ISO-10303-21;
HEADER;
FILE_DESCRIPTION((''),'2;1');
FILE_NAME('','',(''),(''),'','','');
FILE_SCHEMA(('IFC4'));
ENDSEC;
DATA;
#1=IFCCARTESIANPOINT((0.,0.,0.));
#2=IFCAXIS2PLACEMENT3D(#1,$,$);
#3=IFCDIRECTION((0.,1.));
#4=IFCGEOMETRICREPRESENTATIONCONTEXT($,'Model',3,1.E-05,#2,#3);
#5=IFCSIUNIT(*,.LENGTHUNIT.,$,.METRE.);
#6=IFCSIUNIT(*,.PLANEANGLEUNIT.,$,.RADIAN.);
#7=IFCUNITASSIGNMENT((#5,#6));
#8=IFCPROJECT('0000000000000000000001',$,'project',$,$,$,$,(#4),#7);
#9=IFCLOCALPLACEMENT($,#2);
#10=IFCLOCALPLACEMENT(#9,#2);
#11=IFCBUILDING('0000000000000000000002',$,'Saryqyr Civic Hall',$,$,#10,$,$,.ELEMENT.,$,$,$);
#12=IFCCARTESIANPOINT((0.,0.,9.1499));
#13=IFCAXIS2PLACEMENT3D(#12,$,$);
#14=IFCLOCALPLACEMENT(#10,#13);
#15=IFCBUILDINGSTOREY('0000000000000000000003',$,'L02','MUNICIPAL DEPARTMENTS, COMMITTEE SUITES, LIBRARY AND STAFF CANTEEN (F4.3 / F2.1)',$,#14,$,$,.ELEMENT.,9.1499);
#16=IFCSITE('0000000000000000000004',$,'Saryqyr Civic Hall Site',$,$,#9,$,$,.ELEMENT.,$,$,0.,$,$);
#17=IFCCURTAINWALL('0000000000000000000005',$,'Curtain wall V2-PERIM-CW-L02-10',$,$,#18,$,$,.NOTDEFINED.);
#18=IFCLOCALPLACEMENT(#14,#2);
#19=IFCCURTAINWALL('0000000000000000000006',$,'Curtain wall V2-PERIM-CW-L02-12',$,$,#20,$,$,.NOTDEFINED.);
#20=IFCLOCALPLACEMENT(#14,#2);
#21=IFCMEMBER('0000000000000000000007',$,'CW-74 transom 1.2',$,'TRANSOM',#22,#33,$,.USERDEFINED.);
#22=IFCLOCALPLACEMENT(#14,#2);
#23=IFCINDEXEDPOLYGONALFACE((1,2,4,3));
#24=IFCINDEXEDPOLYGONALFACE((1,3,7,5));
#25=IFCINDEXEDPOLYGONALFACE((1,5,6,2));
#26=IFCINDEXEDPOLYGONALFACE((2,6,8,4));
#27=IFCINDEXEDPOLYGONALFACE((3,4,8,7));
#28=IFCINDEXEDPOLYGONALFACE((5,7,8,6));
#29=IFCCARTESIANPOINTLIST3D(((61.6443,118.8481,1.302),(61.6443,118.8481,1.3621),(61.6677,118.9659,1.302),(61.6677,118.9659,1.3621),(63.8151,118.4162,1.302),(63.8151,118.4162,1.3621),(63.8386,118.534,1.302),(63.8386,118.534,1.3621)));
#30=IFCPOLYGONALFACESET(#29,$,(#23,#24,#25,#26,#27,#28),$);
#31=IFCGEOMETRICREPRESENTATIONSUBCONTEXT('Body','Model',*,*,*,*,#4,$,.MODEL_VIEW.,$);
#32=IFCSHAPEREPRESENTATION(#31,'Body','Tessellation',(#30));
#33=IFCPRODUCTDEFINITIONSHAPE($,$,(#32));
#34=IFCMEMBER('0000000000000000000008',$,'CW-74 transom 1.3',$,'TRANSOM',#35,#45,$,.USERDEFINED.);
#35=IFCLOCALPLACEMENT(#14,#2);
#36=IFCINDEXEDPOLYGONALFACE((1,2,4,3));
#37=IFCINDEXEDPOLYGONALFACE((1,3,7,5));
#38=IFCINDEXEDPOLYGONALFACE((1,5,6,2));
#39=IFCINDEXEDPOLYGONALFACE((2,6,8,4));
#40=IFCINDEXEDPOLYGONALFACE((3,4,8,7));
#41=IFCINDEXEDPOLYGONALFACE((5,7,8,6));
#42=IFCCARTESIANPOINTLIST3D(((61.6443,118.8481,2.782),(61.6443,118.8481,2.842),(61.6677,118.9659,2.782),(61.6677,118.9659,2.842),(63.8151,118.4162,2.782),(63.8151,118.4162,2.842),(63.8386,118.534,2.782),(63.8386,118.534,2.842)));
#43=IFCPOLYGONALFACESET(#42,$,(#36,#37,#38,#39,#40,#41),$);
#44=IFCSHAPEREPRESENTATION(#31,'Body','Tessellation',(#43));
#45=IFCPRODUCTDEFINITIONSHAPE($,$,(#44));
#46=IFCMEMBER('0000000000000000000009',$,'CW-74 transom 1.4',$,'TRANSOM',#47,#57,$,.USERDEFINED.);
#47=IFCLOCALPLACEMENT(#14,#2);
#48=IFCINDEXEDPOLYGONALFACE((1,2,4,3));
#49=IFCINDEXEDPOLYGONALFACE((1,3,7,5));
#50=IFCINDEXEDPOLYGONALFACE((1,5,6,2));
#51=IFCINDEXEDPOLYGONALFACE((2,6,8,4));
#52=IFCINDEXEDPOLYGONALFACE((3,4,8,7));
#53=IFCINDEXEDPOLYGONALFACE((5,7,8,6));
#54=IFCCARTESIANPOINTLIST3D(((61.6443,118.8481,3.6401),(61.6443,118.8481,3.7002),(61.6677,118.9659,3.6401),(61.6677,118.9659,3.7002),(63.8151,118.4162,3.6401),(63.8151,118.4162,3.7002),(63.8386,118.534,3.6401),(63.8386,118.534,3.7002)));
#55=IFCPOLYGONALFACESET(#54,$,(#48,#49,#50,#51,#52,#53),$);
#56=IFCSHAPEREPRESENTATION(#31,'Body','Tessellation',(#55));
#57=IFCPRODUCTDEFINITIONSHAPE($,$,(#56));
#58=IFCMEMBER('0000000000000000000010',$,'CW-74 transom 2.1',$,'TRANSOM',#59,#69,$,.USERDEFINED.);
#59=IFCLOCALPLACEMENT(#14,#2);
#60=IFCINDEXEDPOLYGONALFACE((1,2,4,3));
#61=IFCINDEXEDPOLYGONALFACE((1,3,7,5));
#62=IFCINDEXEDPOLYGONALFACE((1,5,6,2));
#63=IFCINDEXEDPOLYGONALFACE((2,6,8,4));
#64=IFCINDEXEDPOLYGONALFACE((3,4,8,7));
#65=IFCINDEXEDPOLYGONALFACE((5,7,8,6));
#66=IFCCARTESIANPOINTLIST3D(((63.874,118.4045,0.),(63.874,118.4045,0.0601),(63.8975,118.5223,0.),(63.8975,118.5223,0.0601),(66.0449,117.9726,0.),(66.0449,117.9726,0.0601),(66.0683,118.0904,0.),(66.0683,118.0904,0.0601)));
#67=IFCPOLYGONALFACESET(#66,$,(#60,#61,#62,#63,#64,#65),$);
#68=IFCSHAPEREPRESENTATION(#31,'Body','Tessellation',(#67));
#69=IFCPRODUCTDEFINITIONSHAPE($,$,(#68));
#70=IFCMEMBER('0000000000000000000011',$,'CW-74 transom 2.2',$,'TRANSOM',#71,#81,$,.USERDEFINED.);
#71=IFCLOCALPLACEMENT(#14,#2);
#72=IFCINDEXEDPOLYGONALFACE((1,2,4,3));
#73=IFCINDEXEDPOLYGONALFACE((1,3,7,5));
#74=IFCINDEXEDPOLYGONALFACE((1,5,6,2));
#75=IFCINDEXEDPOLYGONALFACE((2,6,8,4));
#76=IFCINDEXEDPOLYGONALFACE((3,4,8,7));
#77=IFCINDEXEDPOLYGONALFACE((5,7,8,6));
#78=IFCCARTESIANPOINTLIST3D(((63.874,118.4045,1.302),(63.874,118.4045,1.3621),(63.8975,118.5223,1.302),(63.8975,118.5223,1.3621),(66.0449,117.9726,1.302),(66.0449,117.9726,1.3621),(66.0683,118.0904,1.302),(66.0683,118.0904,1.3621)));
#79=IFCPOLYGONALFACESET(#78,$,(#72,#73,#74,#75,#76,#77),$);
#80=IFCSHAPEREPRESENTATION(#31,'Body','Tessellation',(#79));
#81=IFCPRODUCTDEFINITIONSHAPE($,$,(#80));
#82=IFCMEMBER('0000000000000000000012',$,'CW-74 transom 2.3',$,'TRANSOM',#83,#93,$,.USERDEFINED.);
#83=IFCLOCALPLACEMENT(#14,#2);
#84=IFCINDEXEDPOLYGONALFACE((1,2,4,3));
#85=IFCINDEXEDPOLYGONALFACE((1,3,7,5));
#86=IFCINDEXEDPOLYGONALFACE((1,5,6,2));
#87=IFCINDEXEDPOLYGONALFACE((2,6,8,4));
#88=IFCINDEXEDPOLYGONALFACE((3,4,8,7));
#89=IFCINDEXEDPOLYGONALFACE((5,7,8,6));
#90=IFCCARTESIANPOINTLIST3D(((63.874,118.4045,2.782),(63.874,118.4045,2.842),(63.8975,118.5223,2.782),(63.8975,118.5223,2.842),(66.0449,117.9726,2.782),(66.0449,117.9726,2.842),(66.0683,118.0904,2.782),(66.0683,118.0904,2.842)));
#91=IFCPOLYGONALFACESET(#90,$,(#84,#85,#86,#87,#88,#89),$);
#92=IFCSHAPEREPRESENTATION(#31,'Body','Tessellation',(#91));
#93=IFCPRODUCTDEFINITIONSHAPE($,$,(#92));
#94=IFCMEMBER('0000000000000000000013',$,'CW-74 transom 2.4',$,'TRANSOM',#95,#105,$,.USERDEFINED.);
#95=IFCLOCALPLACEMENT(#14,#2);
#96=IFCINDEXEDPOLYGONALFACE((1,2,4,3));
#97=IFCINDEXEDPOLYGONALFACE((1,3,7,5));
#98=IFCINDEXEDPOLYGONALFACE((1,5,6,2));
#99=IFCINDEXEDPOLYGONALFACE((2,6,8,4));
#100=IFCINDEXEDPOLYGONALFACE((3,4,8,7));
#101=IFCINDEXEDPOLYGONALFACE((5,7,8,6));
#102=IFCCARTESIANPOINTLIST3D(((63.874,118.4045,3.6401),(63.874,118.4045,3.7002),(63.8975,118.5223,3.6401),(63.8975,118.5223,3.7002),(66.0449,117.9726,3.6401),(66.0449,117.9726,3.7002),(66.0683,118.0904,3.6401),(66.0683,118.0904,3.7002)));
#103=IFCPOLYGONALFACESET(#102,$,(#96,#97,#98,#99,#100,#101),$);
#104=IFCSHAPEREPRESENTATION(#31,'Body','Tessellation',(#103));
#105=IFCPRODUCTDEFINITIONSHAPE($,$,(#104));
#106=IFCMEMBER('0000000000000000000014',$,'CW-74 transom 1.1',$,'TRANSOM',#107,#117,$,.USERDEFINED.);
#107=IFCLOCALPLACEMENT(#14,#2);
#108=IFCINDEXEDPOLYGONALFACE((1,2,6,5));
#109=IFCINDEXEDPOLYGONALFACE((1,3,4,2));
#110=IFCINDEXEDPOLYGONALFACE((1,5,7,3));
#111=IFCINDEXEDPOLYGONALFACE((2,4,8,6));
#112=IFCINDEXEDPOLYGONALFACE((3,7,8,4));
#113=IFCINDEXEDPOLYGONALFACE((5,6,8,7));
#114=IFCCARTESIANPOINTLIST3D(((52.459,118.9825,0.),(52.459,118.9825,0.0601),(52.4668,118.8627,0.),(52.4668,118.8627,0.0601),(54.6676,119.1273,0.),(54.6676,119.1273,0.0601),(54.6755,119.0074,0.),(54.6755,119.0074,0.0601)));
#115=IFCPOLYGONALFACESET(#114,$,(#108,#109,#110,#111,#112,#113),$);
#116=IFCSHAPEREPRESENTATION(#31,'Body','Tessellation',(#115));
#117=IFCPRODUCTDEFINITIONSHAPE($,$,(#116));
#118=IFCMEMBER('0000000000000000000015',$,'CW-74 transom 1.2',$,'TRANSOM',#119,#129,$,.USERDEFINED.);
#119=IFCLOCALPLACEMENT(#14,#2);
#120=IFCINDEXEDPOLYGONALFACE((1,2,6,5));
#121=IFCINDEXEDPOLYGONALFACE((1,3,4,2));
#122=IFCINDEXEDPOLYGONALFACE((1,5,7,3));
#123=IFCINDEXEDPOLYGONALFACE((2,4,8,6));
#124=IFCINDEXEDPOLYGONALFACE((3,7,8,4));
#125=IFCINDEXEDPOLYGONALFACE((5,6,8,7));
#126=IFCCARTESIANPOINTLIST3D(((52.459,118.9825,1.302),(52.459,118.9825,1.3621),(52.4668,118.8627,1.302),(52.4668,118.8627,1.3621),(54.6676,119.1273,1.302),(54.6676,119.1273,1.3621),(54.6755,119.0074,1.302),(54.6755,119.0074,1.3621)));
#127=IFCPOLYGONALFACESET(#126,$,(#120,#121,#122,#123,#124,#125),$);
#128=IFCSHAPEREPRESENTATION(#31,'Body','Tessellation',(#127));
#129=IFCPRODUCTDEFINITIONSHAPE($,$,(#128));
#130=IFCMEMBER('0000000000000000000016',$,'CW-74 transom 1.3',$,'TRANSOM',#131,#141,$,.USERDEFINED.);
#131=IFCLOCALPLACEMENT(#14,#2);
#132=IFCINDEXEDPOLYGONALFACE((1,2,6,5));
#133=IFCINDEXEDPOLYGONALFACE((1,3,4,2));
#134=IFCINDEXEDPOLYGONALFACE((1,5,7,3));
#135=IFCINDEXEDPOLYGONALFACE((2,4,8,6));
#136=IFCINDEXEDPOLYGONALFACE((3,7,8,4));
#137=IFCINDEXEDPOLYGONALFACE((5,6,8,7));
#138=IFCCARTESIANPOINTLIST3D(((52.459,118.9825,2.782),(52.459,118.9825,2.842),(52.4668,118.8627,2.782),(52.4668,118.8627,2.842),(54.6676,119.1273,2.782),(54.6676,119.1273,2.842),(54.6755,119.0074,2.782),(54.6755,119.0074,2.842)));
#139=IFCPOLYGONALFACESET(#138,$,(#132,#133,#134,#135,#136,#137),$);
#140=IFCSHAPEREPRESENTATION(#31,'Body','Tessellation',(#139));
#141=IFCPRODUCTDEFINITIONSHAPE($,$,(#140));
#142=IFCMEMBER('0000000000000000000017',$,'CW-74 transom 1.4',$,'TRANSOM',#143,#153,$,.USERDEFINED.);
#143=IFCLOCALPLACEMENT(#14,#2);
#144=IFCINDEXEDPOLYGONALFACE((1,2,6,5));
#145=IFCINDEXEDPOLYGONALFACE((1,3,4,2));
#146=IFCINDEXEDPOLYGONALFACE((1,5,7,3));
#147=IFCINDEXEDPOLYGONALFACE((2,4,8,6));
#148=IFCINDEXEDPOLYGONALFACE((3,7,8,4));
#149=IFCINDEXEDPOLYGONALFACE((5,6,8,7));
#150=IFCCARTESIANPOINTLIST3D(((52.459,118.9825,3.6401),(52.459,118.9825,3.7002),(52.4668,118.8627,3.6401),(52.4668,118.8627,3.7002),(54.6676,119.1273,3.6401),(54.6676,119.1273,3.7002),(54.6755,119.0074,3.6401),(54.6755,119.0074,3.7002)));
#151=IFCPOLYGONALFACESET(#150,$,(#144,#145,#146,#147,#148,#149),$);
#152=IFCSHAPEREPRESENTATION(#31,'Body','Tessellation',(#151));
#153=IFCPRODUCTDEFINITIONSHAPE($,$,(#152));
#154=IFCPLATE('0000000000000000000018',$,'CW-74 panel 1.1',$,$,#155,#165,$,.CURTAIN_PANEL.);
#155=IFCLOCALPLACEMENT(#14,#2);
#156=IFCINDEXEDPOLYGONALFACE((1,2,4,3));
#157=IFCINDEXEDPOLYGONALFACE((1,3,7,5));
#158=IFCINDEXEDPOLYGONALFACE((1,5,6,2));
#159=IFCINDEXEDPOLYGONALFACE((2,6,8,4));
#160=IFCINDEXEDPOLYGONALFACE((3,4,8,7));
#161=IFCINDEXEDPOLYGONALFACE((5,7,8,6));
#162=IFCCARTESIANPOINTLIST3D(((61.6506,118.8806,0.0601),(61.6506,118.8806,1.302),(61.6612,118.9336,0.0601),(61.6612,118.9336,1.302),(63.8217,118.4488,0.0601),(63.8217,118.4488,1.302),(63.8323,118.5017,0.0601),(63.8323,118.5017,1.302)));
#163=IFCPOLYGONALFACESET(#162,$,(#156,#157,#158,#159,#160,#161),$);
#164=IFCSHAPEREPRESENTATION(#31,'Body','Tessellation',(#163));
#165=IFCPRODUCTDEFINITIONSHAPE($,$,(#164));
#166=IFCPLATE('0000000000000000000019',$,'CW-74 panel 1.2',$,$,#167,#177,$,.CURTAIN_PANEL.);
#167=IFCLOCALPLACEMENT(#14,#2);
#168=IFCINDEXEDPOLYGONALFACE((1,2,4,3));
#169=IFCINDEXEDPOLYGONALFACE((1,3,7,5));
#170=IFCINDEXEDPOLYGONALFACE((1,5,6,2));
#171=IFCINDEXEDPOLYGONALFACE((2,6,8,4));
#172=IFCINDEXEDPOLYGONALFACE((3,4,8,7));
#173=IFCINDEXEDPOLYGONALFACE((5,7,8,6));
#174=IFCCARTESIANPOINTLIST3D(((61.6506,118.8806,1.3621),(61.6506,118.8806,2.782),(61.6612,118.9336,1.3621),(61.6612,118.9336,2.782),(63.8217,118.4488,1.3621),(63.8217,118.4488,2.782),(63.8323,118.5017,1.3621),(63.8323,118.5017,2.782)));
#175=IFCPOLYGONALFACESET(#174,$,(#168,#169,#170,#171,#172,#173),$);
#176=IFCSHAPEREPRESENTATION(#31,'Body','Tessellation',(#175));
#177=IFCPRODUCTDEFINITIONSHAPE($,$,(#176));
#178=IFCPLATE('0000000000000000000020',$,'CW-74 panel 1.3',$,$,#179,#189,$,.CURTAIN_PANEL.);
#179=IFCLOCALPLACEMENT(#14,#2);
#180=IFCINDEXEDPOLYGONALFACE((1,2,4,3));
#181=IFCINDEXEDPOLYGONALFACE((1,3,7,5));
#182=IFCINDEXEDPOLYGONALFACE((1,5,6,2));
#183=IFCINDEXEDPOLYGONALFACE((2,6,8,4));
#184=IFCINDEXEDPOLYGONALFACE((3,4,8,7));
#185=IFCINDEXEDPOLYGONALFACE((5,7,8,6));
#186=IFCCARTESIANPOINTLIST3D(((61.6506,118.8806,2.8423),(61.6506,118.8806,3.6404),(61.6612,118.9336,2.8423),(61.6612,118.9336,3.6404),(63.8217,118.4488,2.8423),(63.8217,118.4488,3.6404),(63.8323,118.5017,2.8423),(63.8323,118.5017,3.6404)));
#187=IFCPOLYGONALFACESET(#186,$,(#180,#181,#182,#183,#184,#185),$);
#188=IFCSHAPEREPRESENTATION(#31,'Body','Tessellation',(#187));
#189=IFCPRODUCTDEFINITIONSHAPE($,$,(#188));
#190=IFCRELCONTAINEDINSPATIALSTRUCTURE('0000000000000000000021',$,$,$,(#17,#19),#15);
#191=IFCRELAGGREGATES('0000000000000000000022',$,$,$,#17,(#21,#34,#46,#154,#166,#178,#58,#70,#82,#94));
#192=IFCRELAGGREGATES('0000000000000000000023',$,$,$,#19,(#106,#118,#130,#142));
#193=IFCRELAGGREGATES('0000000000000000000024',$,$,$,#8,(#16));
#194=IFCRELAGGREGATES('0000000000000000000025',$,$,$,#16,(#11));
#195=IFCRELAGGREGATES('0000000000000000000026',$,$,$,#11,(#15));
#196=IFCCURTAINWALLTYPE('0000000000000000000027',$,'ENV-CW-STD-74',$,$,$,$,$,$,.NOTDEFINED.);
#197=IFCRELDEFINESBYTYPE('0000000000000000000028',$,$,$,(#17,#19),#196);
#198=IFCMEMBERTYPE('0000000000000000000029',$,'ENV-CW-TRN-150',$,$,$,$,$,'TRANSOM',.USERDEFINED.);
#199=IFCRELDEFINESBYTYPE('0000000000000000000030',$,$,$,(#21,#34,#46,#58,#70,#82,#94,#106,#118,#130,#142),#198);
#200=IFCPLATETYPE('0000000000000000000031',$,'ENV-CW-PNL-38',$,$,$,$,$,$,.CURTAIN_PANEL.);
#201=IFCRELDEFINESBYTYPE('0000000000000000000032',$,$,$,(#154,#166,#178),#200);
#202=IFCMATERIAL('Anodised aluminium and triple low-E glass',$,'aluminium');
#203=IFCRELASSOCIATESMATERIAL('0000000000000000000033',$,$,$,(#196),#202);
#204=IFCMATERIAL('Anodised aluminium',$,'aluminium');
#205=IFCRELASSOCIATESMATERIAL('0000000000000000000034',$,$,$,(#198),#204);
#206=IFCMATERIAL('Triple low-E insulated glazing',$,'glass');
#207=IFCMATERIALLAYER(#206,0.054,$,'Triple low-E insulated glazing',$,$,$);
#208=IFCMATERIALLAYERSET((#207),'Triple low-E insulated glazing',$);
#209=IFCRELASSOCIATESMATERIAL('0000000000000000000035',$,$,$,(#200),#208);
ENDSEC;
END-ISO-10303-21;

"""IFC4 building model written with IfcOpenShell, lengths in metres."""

from ifc_helpers import new_model, si_unit, direction, frame, origin, origin_2d, place, context, subcontext, project, spatial, rectangle, extrude, material, layer, layer_set, material_profile, profile_set, type_object, element, aggregate, save


model = new_model("IFC4")

# Units and contexts
model_context = context("Model", 3, precision=1e-05, world=origin(), true_north=direction((0.0, 1.0)))
body_context = subcontext(model_context, "Body", "Model", "MODEL_VIEW")
ifc_project = project(units=[si_unit("LENGTHUNIT", "METRE"), si_unit("PLANEANGLEUNIT", "RADIAN")], contexts=[model_context])

# Site, building, storey
site_placement = place(None, origin())
site = spatial("IfcSite", under=ifc_project, at=site_placement, Name="Saryqyr Civic Hall Site", CompositionType="ELEMENT", RefElevation=0.0)
building_placement = place(site_placement, origin())
building = spatial("IfcBuilding", under=site, at=building_placement, Name="Saryqyr Civic Hall", CompositionType="ELEMENT")
storey_placement = place(building_placement, frame((0.0, 0.0, 9.1499)))
storey = spatial("IfcBuildingStorey", under=building, at=storey_placement, Name="L02", Description="MUNICIPAL DEPARTMENTS, COMMITTEE SUITES, LIBRARY AND STAFF CANTEEN (F4.3 / F2.1)", CompositionType="ELEMENT", Elevation=9.1499)

# Curtain wall
ifc_material_1 = material(Name="Anodised aluminium and triple low-E glass", Category="aluminium")
curtain_wall_type = type_object("IfcCurtainWallType", Name="ENV-CW-STD-74", PredefinedType="NOTDEFINED", material=ifc_material_1)
curtain_wall_1_placement = place(storey_placement, origin())
curtain_wall_1 = element("IfcCurtainWall", 1, at=curtain_wall_1_placement, inside=storey, type_object=curtain_wall_type, Name="Curtain wall V2-PERIM-CW-L02-10", PredefinedType="NOTDEFINED")
ifc_material_2 = material(Name="Anodised aluminium", Category="aluminium")

# Curtain wall
curtain_wall_2_placement = place(storey_placement, origin())
curtain_wall_2 = element("IfcCurtainWall", 2, at=curtain_wall_2_placement, inside=storey, type_object=curtain_wall_type, Name="Curtain wall V2-PERIM-CW-L02-12", PredefinedType="NOTDEFINED")

# Members
ifc_material_profile_1 = material_profile(ifc_material_2, rectangle(XDim=0.1201, YDim=0.0601, at=origin_2d()), Name="ALU TRANSOM 120x60")
ifc_profile_set_1 = profile_set([ifc_material_profile_1], Name="Anodised aluminium")
member_type_1 = type_object("IfcMemberType", Name="ENV-CW-TRN-150", ElementType="TRANSOM", PredefinedType="USERDEFINED", material=ifc_profile_set_1)
member_1_placement = place(storey_placement, frame((61.656, 118.907, 1.332), z_axis=(0.98078, -0.195119, 0.0), x_axis=(0.195119, 0.98078, 0.0)))
member_1 = element("IfcMember", 3, at=member_1_placement, type_object=member_type_1, Name="CW-74 transom 1.2", ObjectType="TRANSOM", PredefinedType="USERDEFINED", context=body_context, shape_type="SweptSolid", body=[
    extrude(rectangle(XDim=0.1201, YDim=0.0601, at=origin_2d()), origin(), (0.0, 0.0, 1.0), 2.2134),
])
member_2_placement = place(storey_placement, frame((61.656, 118.907, 2.812), z_axis=(0.98078, -0.195119, 0.0), x_axis=(0.195119, 0.98078, 0.0)))
member_2 = element("IfcMember", 4, at=member_2_placement, type_object=member_type_1, Name="CW-74 transom 1.3", ObjectType="TRANSOM", PredefinedType="USERDEFINED", context=body_context, shape_type="SweptSolid", body=[
    extrude(rectangle(XDim=0.1201, YDim=0.0601, at=origin_2d()), origin(), (0.0, 0.0, 1.0), 2.2134),
])
member_3_placement = place(storey_placement, frame((61.656, 118.907, 3.6702), z_axis=(0.98078, -0.195119, 0.0), x_axis=(0.195119, 0.98078, 0.0)))
member_3 = element("IfcMember", 5, at=member_3_placement, type_object=member_type_1, Name="CW-74 transom 1.4", ObjectType="TRANSOM", PredefinedType="USERDEFINED", context=body_context, shape_type="SweptSolid", body=[
    extrude(rectangle(XDim=0.1201, YDim=0.0601, at=origin_2d()), origin(), (0.0, 0.0, 1.0), 2.2134),
])
member_4_placement = place(storey_placement, frame((63.8857, 118.4634, 0.03), z_axis=(0.98078, -0.195119, 0.0), x_axis=(0.195119, 0.98078, 0.0)))
member_4 = element("IfcMember", 6, at=member_4_placement, type_object=member_type_1, Name="CW-74 transom 2.1", ObjectType="TRANSOM", PredefinedType="USERDEFINED", context=body_context, shape_type="SweptSolid", body=[
    extrude(rectangle(XDim=0.1201, YDim=0.0601, at=origin_2d()), origin(), (0.0, 0.0, 1.0), 2.2134),
])
member_5_placement = place(storey_placement, frame((63.8857, 118.4634, 1.332), z_axis=(0.98078, -0.195119, 0.0), x_axis=(0.195119, 0.98078, 0.0)))
member_5 = element("IfcMember", 7, at=member_5_placement, type_object=member_type_1, Name="CW-74 transom 2.2", ObjectType="TRANSOM", PredefinedType="USERDEFINED", context=body_context, shape_type="SweptSolid", body=[
    extrude(rectangle(XDim=0.1201, YDim=0.0601, at=origin_2d()), origin(), (0.0, 0.0, 1.0), 2.2134),
])
member_6_placement = place(storey_placement, frame((63.8857, 118.4634, 2.812), z_axis=(0.98078, -0.195119, 0.0), x_axis=(0.195119, 0.98078, 0.0)))
member_6 = element("IfcMember", 8, at=member_6_placement, type_object=member_type_1, Name="CW-74 transom 2.3", ObjectType="TRANSOM", PredefinedType="USERDEFINED", context=body_context, shape_type="SweptSolid", body=[
    extrude(rectangle(XDim=0.1201, YDim=0.0601, at=origin_2d()), origin(), (0.0, 0.0, 1.0), 2.2134),
])
member_7_placement = place(storey_placement, frame((63.8857, 118.4634, 3.6702), z_axis=(0.98078, -0.195119, 0.0), x_axis=(0.195119, 0.98078, 0.0)))
member_7 = element("IfcMember", 9, at=member_7_placement, type_object=member_type_1, Name="CW-74 transom 2.4", ObjectType="TRANSOM", PredefinedType="USERDEFINED", context=body_context, shape_type="SweptSolid", body=[
    extrude(rectangle(XDim=0.1201, YDim=0.0601, at=origin_2d()), origin(), (0.0, 0.0, 1.0), 2.2134),
])
member_8_placement = place(storey_placement, frame((52.4629, 118.9226, 0.03), z_axis=(0.997859, 0.065406, 0.0), x_axis=(-0.065406, 0.997859, 0.0)))
member_8 = element("IfcMember", 10, at=member_8_placement, type_object=member_type_1, Name="CW-74 transom 1.1", ObjectType="TRANSOM", PredefinedType="USERDEFINED", context=body_context, shape_type="SweptSolid", body=[
    extrude(rectangle(XDim=0.1201, YDim=0.0601, at=origin_2d()), origin(), (0.0, 0.0, 1.0), 2.2134),
])
member_9_placement = place(storey_placement, frame((52.4629, 118.9226, 1.332), z_axis=(0.997859, 0.065406, 0.0), x_axis=(-0.065406, 0.997859, 0.0)))
member_9 = element("IfcMember", 11, at=member_9_placement, type_object=member_type_1, Name="CW-74 transom 1.2", ObjectType="TRANSOM", PredefinedType="USERDEFINED", context=body_context, shape_type="SweptSolid", body=[
    extrude(rectangle(XDim=0.1201, YDim=0.0601, at=origin_2d()), origin(), (0.0, 0.0, 1.0), 2.2134),
])
member_10_placement = place(storey_placement, frame((52.4629, 118.9226, 2.812), z_axis=(0.997859, 0.065406, 0.0), x_axis=(-0.065406, 0.997859, 0.0)))
member_10 = element("IfcMember", 12, at=member_10_placement, type_object=member_type_1, Name="CW-74 transom 1.3", ObjectType="TRANSOM", PredefinedType="USERDEFINED", context=body_context, shape_type="SweptSolid", body=[
    extrude(rectangle(XDim=0.1201, YDim=0.0601, at=origin_2d()), origin(), (0.0, 0.0, 1.0), 2.2134),
])
member_11_placement = place(storey_placement, frame((52.4629, 118.9226, 3.6702), z_axis=(0.997859, 0.065406, 0.0), x_axis=(-0.065406, 0.997859, 0.0)))
member_11 = element("IfcMember", 13, at=member_11_placement, type_object=member_type_1, Name="CW-74 transom 1.4", ObjectType="TRANSOM", PredefinedType="USERDEFINED", context=body_context, shape_type="SweptSolid", body=[
    extrude(rectangle(XDim=0.1201, YDim=0.0601, at=origin_2d()), origin(), (0.0, 0.0, 1.0), 2.2134),
])

# Plates
ifc_material_3 = material(Name="Triple low-E insulated glazing", Category="glass")
ifc_layer_1 = layer(ifc_material_3, 0.054, Name="Triple low-E insulated glazing")
ifc_layer_set_1 = layer_set([ifc_layer_1], Name="Triple low-E insulated glazing")
plate_type = type_object("IfcPlateType", Name="ENV-CW-PNL-38", PredefinedType="CURTAIN_PANEL", material=ifc_layer_set_1)
plate_1_placement = place(storey_placement, frame((62.7415, 118.6912, 0.0601), z_axis=(0.0, 0.0, 1.0), x_axis=(0.980785, -0.195093, 0.0)))
plate_1 = element("IfcPlate", 14, at=plate_1_placement, type_object=plate_type, Name="CW-74 panel 1.1", PredefinedType="CURTAIN_PANEL", context=body_context, shape_type="SweptSolid", body=[
    extrude(rectangle(XDim=2.2136, YDim=0.054, at=origin_2d()), origin(), (0.0, 0.0, 1.0), 1.2419),
])
plate_2_placement = place(storey_placement, frame((62.7415, 118.6912, 1.3621), z_axis=(0.0, 0.0, 1.0), x_axis=(0.980785, -0.195093, 0.0)))
plate_2 = element("IfcPlate", 15, at=plate_2_placement, type_object=plate_type, Name="CW-74 panel 1.2", PredefinedType="CURTAIN_PANEL", context=body_context, shape_type="SweptSolid", body=[
    extrude(rectangle(XDim=2.2136, YDim=0.054, at=origin_2d()), origin(), (0.0, 0.0, 1.0), 1.4199),
])
plate_3_placement = place(storey_placement, frame((62.7415, 118.6912, 2.8423), z_axis=(0.0, 0.0, 1.0), x_axis=(0.980785, -0.195093, 0.0)))
plate_3 = element("IfcPlate", 16, at=plate_3_placement, type_object=plate_type, Name="CW-74 panel 1.3", PredefinedType="CURTAIN_PANEL", context=body_context, shape_type="SweptSolid", body=[
    extrude(rectangle(XDim=2.2136, YDim=0.054, at=origin_2d()), origin(), (0.0, 0.0, 1.0), 0.7981),
])
aggregate(curtain_wall_1, [member_1, member_2, member_3, plate_1, plate_2, plate_3, member_4, member_5, member_6, member_7])
aggregate(curtain_wall_2, [member_8, member_9, member_10, member_11])

save(model, "model.ifc")
